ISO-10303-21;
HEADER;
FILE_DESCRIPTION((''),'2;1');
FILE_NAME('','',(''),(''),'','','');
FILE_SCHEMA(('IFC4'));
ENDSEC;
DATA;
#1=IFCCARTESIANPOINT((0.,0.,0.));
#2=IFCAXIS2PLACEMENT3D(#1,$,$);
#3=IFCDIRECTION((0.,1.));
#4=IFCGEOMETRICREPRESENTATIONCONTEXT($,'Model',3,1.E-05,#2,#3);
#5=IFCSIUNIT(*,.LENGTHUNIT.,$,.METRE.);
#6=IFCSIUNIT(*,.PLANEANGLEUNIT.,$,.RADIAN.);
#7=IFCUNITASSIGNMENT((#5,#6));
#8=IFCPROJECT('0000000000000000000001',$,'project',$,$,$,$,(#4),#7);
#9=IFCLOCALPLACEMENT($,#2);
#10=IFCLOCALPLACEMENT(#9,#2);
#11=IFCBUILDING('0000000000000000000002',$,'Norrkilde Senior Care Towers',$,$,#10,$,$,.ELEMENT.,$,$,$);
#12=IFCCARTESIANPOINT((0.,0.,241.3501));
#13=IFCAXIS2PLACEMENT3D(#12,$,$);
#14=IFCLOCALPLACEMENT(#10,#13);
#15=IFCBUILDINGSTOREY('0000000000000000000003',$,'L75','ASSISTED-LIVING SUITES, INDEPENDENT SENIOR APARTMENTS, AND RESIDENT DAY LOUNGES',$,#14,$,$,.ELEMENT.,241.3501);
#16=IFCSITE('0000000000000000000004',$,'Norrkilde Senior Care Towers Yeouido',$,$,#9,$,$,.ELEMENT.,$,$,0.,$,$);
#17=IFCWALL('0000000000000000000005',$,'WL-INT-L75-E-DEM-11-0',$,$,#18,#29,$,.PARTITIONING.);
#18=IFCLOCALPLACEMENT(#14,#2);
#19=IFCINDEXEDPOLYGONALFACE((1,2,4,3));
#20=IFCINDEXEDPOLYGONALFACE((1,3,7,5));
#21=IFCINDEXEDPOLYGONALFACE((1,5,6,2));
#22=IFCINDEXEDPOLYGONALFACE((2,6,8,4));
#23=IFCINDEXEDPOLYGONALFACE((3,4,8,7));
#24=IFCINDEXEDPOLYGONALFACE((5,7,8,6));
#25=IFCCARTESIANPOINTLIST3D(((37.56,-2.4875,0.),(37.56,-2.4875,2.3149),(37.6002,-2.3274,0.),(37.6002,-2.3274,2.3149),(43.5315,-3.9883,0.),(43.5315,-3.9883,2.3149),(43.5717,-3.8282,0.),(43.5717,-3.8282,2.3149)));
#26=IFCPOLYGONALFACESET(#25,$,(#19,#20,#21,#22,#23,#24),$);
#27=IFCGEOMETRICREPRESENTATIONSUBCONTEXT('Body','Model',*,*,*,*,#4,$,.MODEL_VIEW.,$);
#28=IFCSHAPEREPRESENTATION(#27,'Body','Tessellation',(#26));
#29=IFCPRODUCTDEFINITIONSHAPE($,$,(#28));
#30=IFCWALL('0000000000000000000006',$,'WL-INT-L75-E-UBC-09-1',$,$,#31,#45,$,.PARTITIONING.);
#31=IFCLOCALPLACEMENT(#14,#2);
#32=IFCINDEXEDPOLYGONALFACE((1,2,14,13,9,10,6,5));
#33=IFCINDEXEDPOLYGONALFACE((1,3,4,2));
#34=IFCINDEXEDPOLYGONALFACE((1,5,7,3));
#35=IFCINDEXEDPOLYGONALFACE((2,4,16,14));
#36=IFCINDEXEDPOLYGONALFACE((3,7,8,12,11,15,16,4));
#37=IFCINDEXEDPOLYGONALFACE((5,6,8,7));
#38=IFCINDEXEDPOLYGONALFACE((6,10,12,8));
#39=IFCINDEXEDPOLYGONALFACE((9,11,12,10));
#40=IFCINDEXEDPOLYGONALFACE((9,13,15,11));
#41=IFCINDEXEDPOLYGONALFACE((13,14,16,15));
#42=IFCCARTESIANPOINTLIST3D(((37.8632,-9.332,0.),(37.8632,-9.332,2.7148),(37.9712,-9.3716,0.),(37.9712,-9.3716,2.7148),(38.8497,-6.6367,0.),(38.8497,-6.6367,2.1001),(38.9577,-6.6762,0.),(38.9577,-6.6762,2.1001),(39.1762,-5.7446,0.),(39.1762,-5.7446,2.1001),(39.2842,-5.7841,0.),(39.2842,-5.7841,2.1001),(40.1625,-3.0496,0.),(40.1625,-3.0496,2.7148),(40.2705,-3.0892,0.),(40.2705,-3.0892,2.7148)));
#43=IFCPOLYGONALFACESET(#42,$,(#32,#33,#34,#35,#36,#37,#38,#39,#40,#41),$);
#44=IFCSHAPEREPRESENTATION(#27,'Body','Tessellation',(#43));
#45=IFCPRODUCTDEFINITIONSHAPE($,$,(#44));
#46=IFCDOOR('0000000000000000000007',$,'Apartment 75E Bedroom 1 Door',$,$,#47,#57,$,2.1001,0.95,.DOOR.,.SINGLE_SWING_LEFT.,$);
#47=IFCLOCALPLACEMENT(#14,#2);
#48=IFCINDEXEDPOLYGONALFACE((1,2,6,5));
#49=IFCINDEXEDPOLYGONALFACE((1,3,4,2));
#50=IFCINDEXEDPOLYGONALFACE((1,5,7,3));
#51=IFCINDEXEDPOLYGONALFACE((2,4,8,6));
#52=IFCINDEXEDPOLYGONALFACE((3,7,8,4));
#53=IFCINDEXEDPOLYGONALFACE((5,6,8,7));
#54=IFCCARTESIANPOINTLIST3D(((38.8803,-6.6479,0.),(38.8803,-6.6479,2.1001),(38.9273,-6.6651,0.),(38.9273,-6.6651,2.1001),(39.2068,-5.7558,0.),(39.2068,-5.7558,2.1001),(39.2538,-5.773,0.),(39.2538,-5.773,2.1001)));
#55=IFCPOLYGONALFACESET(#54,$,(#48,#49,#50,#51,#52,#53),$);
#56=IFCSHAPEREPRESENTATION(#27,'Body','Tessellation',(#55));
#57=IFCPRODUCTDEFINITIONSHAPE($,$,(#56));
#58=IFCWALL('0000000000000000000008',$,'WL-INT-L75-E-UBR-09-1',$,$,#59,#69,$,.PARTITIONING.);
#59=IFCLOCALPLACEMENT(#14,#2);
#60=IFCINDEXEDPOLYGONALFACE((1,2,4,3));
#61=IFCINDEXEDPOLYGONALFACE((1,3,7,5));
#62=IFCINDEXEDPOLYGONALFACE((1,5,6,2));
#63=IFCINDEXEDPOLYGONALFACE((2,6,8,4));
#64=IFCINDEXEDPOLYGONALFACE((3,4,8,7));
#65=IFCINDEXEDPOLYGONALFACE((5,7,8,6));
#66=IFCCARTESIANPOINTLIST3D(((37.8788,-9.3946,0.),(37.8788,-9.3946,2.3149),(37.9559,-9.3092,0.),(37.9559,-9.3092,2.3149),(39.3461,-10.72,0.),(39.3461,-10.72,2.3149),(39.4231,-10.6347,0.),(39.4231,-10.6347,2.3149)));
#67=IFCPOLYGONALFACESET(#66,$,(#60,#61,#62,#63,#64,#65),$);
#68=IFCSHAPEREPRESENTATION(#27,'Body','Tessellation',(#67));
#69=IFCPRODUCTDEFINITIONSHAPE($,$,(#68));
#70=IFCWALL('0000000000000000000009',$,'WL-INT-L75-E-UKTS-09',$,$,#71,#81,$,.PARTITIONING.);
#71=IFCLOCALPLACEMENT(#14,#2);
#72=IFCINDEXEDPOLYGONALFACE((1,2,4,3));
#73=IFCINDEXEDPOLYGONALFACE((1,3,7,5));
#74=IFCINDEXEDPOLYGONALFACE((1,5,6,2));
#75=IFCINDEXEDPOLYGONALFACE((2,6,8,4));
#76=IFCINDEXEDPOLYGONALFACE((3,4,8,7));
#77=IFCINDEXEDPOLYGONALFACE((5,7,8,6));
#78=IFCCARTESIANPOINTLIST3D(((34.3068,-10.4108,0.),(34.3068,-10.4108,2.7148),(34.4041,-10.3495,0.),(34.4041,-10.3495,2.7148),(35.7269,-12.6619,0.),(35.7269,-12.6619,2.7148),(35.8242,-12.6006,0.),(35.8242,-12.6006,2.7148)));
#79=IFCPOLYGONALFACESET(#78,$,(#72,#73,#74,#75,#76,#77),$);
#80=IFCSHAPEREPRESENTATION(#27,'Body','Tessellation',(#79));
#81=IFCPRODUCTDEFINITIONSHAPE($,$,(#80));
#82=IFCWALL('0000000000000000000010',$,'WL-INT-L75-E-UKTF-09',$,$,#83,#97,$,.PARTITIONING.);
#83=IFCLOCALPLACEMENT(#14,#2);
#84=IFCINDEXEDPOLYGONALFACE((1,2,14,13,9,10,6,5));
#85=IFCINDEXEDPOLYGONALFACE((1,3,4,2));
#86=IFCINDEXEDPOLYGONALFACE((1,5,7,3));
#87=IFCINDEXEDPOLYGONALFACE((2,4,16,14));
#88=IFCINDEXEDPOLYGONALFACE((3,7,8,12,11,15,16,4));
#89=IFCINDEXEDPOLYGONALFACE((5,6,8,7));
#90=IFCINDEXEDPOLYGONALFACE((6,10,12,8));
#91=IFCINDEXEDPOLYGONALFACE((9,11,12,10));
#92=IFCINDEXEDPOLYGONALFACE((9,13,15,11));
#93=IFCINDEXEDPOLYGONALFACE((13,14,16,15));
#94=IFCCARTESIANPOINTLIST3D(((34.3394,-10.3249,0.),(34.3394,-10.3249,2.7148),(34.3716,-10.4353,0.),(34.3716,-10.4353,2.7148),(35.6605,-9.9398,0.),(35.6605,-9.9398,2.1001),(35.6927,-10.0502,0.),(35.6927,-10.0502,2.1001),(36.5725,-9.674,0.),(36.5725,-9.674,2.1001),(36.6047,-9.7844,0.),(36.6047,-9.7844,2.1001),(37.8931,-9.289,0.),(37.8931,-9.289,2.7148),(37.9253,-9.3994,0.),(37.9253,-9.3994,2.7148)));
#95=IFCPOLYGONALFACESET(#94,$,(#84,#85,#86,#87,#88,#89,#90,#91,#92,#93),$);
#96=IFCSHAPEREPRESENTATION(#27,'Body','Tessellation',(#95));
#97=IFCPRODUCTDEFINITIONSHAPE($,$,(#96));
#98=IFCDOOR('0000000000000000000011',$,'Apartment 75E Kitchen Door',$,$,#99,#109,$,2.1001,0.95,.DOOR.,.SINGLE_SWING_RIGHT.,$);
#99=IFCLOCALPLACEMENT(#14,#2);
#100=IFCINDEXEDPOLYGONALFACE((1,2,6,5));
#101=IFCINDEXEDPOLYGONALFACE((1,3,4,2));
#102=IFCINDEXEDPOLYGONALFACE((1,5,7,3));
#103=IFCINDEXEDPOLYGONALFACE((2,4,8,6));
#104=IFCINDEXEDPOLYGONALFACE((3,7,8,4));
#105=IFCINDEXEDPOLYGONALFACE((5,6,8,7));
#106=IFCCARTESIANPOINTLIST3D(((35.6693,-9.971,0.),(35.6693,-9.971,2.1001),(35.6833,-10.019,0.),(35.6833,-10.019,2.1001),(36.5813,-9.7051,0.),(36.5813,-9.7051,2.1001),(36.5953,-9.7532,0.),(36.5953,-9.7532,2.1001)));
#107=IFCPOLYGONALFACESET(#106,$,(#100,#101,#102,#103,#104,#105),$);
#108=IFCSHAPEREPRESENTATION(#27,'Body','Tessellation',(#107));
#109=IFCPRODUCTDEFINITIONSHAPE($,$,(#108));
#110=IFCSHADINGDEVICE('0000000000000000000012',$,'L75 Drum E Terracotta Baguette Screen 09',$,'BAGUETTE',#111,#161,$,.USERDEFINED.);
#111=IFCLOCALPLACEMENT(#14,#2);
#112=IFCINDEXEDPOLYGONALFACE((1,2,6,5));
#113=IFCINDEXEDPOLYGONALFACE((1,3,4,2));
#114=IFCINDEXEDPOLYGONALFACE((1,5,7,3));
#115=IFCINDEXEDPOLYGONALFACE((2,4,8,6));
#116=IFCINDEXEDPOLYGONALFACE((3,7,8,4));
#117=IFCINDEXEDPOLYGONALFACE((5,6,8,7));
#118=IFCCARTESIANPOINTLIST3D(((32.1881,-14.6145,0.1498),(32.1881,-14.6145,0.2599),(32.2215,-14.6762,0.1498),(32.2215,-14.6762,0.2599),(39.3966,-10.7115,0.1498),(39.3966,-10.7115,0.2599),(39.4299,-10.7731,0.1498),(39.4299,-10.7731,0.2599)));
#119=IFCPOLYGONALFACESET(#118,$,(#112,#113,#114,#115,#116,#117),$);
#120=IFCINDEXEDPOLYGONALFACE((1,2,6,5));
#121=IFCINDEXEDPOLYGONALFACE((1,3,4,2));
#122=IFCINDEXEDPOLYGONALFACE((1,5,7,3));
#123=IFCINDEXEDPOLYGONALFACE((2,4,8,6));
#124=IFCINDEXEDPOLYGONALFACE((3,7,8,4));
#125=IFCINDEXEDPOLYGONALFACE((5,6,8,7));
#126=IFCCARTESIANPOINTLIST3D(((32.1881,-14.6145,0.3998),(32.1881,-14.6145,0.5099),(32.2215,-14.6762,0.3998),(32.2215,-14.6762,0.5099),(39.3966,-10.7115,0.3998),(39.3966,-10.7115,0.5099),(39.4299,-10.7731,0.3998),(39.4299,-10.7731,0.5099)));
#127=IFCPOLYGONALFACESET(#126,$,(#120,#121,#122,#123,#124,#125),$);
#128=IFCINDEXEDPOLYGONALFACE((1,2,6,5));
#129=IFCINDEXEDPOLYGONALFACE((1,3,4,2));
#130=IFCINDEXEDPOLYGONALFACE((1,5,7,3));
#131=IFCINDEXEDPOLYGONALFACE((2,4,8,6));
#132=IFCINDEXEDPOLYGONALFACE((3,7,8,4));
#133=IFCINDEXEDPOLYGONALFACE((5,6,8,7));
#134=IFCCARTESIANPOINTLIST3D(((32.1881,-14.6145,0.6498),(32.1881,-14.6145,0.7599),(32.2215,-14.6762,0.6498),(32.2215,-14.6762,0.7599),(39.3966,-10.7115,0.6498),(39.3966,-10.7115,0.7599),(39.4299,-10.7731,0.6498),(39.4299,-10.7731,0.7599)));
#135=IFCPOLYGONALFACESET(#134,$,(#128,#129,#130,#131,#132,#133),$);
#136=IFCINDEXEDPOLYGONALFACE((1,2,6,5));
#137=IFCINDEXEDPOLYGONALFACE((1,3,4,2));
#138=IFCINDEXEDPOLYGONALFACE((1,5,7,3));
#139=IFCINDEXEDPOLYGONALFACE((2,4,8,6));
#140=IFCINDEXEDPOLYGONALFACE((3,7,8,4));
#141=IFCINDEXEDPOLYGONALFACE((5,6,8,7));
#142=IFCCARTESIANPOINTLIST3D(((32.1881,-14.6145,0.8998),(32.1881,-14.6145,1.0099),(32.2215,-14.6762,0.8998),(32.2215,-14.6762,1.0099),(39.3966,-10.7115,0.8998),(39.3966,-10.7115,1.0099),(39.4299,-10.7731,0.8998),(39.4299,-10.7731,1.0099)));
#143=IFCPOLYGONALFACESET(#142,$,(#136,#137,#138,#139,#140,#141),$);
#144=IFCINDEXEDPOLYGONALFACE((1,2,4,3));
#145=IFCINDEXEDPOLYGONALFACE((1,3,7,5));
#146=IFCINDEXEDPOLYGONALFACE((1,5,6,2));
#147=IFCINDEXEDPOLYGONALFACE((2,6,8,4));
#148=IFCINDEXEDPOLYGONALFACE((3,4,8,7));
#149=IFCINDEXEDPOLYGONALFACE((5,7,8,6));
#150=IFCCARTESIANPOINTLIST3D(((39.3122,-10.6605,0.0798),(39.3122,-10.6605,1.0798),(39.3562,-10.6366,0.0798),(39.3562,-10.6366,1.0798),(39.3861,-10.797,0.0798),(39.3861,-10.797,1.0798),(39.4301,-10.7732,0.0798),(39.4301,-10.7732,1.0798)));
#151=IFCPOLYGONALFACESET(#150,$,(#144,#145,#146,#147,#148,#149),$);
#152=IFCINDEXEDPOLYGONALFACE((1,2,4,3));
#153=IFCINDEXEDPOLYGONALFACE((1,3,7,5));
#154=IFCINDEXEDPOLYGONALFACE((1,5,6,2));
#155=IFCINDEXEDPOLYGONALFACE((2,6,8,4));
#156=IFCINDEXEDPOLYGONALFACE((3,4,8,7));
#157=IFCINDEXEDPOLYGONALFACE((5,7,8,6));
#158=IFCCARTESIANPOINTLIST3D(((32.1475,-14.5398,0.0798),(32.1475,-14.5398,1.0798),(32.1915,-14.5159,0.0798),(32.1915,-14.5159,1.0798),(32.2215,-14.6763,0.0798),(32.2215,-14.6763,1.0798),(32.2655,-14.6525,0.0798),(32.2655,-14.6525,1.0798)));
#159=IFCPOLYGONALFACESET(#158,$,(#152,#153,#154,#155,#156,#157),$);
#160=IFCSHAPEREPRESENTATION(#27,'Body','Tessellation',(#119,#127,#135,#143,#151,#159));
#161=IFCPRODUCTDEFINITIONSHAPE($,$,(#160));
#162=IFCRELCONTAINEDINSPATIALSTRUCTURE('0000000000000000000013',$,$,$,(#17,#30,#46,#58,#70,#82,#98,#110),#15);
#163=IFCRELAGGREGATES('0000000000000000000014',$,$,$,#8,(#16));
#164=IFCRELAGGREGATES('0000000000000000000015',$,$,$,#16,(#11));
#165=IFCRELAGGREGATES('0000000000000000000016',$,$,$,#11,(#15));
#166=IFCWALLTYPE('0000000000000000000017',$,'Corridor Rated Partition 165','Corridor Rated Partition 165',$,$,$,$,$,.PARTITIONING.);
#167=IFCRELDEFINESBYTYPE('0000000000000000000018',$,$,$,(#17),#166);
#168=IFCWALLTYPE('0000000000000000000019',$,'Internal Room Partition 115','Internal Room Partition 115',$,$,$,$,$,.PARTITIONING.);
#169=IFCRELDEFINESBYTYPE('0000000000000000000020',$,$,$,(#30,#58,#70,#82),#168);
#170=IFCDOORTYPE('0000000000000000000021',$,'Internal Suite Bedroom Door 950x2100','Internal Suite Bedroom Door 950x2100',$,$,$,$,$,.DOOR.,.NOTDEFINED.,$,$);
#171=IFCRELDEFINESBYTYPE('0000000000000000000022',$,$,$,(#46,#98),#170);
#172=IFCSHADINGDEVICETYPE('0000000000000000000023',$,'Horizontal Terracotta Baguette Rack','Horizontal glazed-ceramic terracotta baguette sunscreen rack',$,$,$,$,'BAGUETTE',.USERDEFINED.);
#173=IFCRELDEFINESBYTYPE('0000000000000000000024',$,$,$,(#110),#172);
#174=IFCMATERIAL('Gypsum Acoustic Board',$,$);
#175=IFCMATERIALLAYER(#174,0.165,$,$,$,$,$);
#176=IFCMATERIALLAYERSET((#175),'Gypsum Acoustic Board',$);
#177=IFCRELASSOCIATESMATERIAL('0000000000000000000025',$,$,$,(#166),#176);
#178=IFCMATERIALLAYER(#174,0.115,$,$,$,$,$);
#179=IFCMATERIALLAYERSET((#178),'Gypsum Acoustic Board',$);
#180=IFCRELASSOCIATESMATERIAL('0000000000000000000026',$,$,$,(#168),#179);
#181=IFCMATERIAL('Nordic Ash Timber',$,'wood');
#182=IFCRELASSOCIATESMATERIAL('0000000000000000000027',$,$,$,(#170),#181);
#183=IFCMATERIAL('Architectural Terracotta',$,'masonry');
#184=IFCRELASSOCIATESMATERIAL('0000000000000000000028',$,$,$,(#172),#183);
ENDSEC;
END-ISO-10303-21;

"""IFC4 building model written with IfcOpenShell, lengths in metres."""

from ifc_helpers import new_model, si_unit, direction, frame, frame_2d, origin, origin_2d, place, context, subcontext, project, spatial, rectangle, extrude, source, transform, mapped, material, layer, layer_set, type_object, type_shapes, element, fill, save


model = new_model("IFC4")

# Units and contexts
model_context = context("Model", 3, precision=1e-05, world=origin(), true_north=direction((0.0, 1.0)))
body_context = subcontext(model_context, "Body", "Model", "MODEL_VIEW")
ifc_project = project(units=[si_unit("LENGTHUNIT", "METRE"), si_unit("PLANEANGLEUNIT", "RADIAN")], contexts=[model_context])

# Site, building, storey
site_placement = place(None, origin())
site = spatial("IfcSite", under=ifc_project, at=site_placement, Name="Norrkilde Senior Care Towers Yeouido", CompositionType="ELEMENT", RefElevation=0.0)
building_placement = place(site_placement, origin())
building = spatial("IfcBuilding", under=site, at=building_placement, Name="Norrkilde Senior Care Towers", CompositionType="ELEMENT")
storey_placement = place(building_placement, frame((0.0, 0.0, 241.3501)))
storey = spatial("IfcBuildingStorey", under=building, at=storey_placement, Name="L75", Description="ASSISTED-LIVING SUITES, INDEPENDENT SENIOR APARTMENTS, AND RESIDENT DAY LOUNGES", CompositionType="ELEMENT", Elevation=241.3501)

# Shared definitions
ifc_material_1 = material(Name="Gypsum Acoustic Board")

# Shared definitions
ifc_layer_1 = layer(ifc_material_1, 0.165)
ifc_layer_set_1 = layer_set([ifc_layer_1], Name="Gypsum Acoustic Board")
wall_type_1 = type_object("IfcWallType", Name="Corridor Rated Partition 165", Description="Corridor Rated Partition 165", PredefinedType="PARTITIONING", material=ifc_layer_set_1)
ifc_material_2 = material(Name="Nordic Ash Timber", Category="wood")

# Wall
shared_shape_1 = source(origin(), body_context, "Body", "SweptSolid", [
    extrude(rectangle(XDim=6.1572, YDim=0.165, at=frame_2d((3.0786, 0.0))), origin(), (0.0, 0.0, 1.0), 2.3149),
])
wall_1_placement = place(storey_placement, frame((37.5801, -2.4075, 0.0), z_axis=(0.0, 0.0, 1.0), x_axis=(0.969841, -0.243739, 0.0)))
element("IfcWall", 1, at=wall_1_placement, inside=storey, type_object=wall_type_1, Name="WL-INT-L75-E-DEM-11-0", PredefinedType="PARTITIONING", context=body_context, shape_type="MappedRepresentation", body=[
    mapped(shared_shape_1, transform((0.0, 0.0, 0.0), x_axis=(1.0, 0.0, 0.0), y_axis=(0.0, 1.0, 0.0), z_axis=(0.0, 0.0, 1.0), scale=1.0)),
])

# Wall, opening, door
ifc_layer_2 = layer(ifc_material_1, 0.115)
ifc_layer_set_2 = layer_set([ifc_layer_2], Name="Gypsum Acoustic Board")
wall_type_2 = type_object("IfcWallType", Name="Internal Room Partition 115", Description="Internal Room Partition 115", PredefinedType="PARTITIONING", material=ifc_layer_set_2)
shared_shape_2 = source(origin(), body_context, "Body", "SweptSolid", [
    extrude(rectangle(XDim=6.6899, YDim=0.115, at=frame_2d((3.345, 0.0))), origin(), (0.0, 0.0, 1.0), 2.7148),
])
wall_2_placement = place(storey_placement, frame((37.9172, -9.3518, 0.0), z_axis=(0.0, 0.0, 1.0), x_axis=(0.343694, 0.939082, 0.0)))
wall_2 = element("IfcWall", 2, at=wall_2_placement, inside=storey, type_object=wall_type_2, Name="WL-INT-L75-E-UBC-09-1", PredefinedType="PARTITIONING", context=body_context, shape_type="MappedRepresentation", body=[
    mapped(shared_shape_2, transform((0.0, 0.0, 0.0), x_axis=(1.0, 0.0, 0.0), y_axis=(0.0, 1.0, 0.0), z_axis=(0.0, 0.0, 1.0), scale=1.0)),
])
opening_1_placement = place(wall_2_placement, frame((2.8701, 0.0, 0.0)))
opening_1 = element("IfcOpeningElement", 3, at=opening_1_placement, cuts=wall_2, PredefinedType="OPENING", context=body_context, shape_type="SweptSolid", body=[
    extrude(rectangle(XDim=0.95, YDim=2.1001, at=frame_2d((0.4751, 1.05))), frame((0.0, 0.0674, 0.0), z_axis=(0.0, -1.0, 0.0), x_axis=(1.0, 0.0, 0.0)), (0.0, 0.0, 1.0), 0.135),
])
door_type_1 = type_object("IfcDoorType", Name="Internal Suite Bedroom Door 950x2100", Description="Internal Suite Bedroom Door 950x2100", OperationType="NOTDEFINED", PredefinedType="DOOR", material=ifc_material_2)
shared_shape_3 = source(origin(), body_context, "Body", "SweptSolid", [
    extrude(rectangle(XDim=0.95, YDim=2.1001, at=frame_2d((0.4751, 1.05))), frame((0.0, 0.0249, 0.0), z_axis=(0.0, -1.0, 0.0), x_axis=(1.0, 0.0, 0.0)), (0.0, 0.0, 1.0), 0.05),
])
type_shapes(door_type_1, [shared_shape_3])
door_1_placement = place(opening_1_placement, origin())
door_1 = element("IfcDoor", 4, at=door_1_placement, inside=storey, type_object=door_type_1, Name="Apartment 75E Bedroom 1 Door", OperationType="SINGLE_SWING_LEFT", OverallHeight=2.1001, OverallWidth=0.95, PredefinedType="DOOR", context=body_context, shape_type="MappedRepresentation", body=[
    mapped(shared_shape_3, transform((0.0, 0.0, 0.0), x_axis=(1.0, 0.0, 0.0), y_axis=(0.0, 1.0, 0.0), z_axis=(0.0, 0.0, 1.0), scale=1.0)),
])
fill(opening_1, door_1)

# Walls
shared_shape_4 = source(origin(), body_context, "Body", "SweptSolid", [
    extrude(rectangle(XDim=1.9773, YDim=0.115, at=frame_2d((0.9888, 0.0))), origin(), (0.0, 0.0, 1.0), 2.3149),
])
wall_3_placement = place(storey_placement, frame((37.9172, -9.3518, 0.0), z_axis=(0.0, 0.0, 1.0), x_axis=(0.742065, -0.670328, 0.0)))
element("IfcWall", 5, at=wall_3_placement, inside=storey, type_object=wall_type_2, Name="WL-INT-L75-E-UBR-09-1", PredefinedType="PARTITIONING", context=body_context, shape_type="MappedRepresentation", body=[
    mapped(shared_shape_4, transform((0.0, 0.0, 0.0), x_axis=(1.0, 0.0, 0.0), y_axis=(0.0, 1.0, 0.0), z_axis=(0.0, 0.0, 1.0), scale=1.0)),
])
shared_shape_5 = source(origin(), body_context, "Body", "SweptSolid", [
    extrude(rectangle(XDim=2.6616, YDim=0.115, at=frame_2d((1.3308, 0.0))), origin(), (0.0, 0.0, 1.0), 2.7148),
])
wall_4_placement = place(storey_placement, frame((34.3555, -10.3801, 0.0), z_axis=(0.0, 0.0, 1.0), x_axis=(0.533548, -0.84577, 0.0)))
element("IfcWall", 6, at=wall_4_placement, inside=storey, type_object=wall_type_2, Name="WL-INT-L75-E-UKTS-09", PredefinedType="PARTITIONING", context=body_context, shape_type="MappedRepresentation", body=[
    mapped(shared_shape_5, transform((0.0, 0.0, 0.0), x_axis=(1.0, 0.0, 0.0), y_axis=(0.0, 1.0, 0.0), z_axis=(0.0, 0.0, 1.0), scale=1.0)),
])

# Wall, opening, door
shared_shape_6 = source(origin(), body_context, "Body", "SweptSolid", [
    extrude(rectangle(XDim=3.7017, YDim=0.115, at=frame_2d((1.8508, 0.0))), origin(), (0.0, 0.0, 1.0), 2.7148),
])
type_shapes(wall_type_2, [shared_shape_2, shared_shape_4, shared_shape_5, shared_shape_6])
wall_5_placement = place(storey_placement, frame((34.3555, -10.3801, 0.0), z_axis=(0.0, 0.0, 1.0), x_axis=(0.960044, 0.279848, 0.0)))
wall_5 = element("IfcWall", 7, at=wall_5_placement, inside=storey, type_object=wall_type_2, Name="WL-INT-L75-E-UKTF-09", PredefinedType="PARTITIONING", context=body_context, shape_type="MappedRepresentation", body=[
    mapped(shared_shape_6, transform((0.0, 0.0, 0.0), x_axis=(1.0, 0.0, 0.0), y_axis=(0.0, 1.0, 0.0), z_axis=(0.0, 0.0, 1.0), scale=1.0)),
])
opening_2_placement = place(wall_5_placement, frame((1.376, 0.0, 0.0)))
opening_2 = element("IfcOpeningElement", 8, at=opening_2_placement, cuts=wall_5, PredefinedType="OPENING", context=body_context, shape_type="SweptSolid", body=[
    extrude(rectangle(XDim=0.95, YDim=2.1001, at=frame_2d((0.4751, 1.05))), frame((0.0, 0.0674, 0.0), z_axis=(0.0, -1.0, 0.0), x_axis=(1.0, 0.0, 0.0)), (0.0, 0.0, 1.0), 0.135),
])
door_2_placement = place(opening_2_placement, frame((0.95, 0.0, 0.0), z_axis=(0.0, 0.0, 1.0), x_axis=(-1.0, 0.0, 0.0)))
door_2 = element("IfcDoor", 9, at=door_2_placement, inside=storey, type_object=door_type_1, Name="Apartment 75E Kitchen Door", OperationType="SINGLE_SWING_RIGHT", OverallHeight=2.1001, OverallWidth=0.95, PredefinedType="DOOR", context=body_context, shape_type="MappedRepresentation", body=[
    mapped(shared_shape_3, transform((0.0, 0.0, 0.0), x_axis=(1.0, 0.0, 0.0), y_axis=(0.0, 1.0, 0.0), z_axis=(0.0, 0.0, 1.0), scale=1.0)),
])
fill(opening_2, door_2)

# Shading device
ifc_material_3 = material(Name="Architectural Terracotta", Category="masonry")
shading_device_type = type_object("IfcShadingDeviceType", Name="Horizontal Terracotta Baguette Rack", Description="Horizontal glazed-ceramic terracotta baguette sunscreen rack", ElementType="BAGUETTE", PredefinedType="USERDEFINED", material=ifc_material_3)
shared_shape_7 = source(origin(), body_context, "Body", "SweptSolid", [
    extrude(rectangle(XDim=0.0701, YDim=0.1101, at=origin_2d()), frame((0.0, 0.0901, 0.125), z_axis=(1.0, 0.0, 0.0), x_axis=(0.0, 1.0, 0.0)), (0.0, 0.0, 1.0), 8.1973),
    extrude(rectangle(XDim=0.0701, YDim=0.1101, at=origin_2d()), frame((0.0, 0.0901, 0.375), z_axis=(1.0, 0.0, 0.0), x_axis=(0.0, 1.0, 0.0)), (0.0, 0.0, 1.0), 8.1973),
    extrude(rectangle(XDim=0.0701, YDim=0.1101, at=origin_2d()), frame((0.0, 0.0901, 0.625), z_axis=(1.0, 0.0, 0.0), x_axis=(0.0, 1.0, 0.0)), (0.0, 0.0, 1.0), 8.1973),
    extrude(rectangle(XDim=0.0701, YDim=0.1101, at=origin_2d()), frame((0.0, 0.0901, 0.875), z_axis=(1.0, 0.0, 0.0), x_axis=(0.0, 1.0, 0.0)), (0.0, 0.0, 1.0), 8.1973),
    extrude(rectangle(XDim=0.05, YDim=0.1553, at=origin_2d()), frame((0.0249, 0.0476, 0.0)), (0.0, 0.0, 1.0), 1.0),
    extrude(rectangle(XDim=0.05, YDim=0.1553, at=origin_2d()), frame((8.1724, 0.0476, 0.0)), (0.0, 0.0, 1.0), 1.0),
])
type_shapes(shading_device_type, [shared_shape_7])
shading_device_placement = place(storey_placement, frame((39.3704, -10.6631, 0.0798), z_axis=(0.0, 0.0, 1.0), x_axis=(-0.879378, -0.476144, 0.0)))
element("IfcShadingDevice", 10, at=shading_device_placement, inside=storey, type_object=shading_device_type, Name="L75 Drum E Terracotta Baguette Screen 09", ObjectType="BAGUETTE", PredefinedType="USERDEFINED", context=body_context, shape_type="MappedRepresentation", body=[
    mapped(shared_shape_7, transform((0.0, 0.0, 0.0), x_axis=(1.0, 0.0, 0.0), y_axis=(0.0, 1.0, 0.0), z_axis=(0.0, 0.0, 1.0), scale=1.0)),
])

save(model, "model.ifc")
